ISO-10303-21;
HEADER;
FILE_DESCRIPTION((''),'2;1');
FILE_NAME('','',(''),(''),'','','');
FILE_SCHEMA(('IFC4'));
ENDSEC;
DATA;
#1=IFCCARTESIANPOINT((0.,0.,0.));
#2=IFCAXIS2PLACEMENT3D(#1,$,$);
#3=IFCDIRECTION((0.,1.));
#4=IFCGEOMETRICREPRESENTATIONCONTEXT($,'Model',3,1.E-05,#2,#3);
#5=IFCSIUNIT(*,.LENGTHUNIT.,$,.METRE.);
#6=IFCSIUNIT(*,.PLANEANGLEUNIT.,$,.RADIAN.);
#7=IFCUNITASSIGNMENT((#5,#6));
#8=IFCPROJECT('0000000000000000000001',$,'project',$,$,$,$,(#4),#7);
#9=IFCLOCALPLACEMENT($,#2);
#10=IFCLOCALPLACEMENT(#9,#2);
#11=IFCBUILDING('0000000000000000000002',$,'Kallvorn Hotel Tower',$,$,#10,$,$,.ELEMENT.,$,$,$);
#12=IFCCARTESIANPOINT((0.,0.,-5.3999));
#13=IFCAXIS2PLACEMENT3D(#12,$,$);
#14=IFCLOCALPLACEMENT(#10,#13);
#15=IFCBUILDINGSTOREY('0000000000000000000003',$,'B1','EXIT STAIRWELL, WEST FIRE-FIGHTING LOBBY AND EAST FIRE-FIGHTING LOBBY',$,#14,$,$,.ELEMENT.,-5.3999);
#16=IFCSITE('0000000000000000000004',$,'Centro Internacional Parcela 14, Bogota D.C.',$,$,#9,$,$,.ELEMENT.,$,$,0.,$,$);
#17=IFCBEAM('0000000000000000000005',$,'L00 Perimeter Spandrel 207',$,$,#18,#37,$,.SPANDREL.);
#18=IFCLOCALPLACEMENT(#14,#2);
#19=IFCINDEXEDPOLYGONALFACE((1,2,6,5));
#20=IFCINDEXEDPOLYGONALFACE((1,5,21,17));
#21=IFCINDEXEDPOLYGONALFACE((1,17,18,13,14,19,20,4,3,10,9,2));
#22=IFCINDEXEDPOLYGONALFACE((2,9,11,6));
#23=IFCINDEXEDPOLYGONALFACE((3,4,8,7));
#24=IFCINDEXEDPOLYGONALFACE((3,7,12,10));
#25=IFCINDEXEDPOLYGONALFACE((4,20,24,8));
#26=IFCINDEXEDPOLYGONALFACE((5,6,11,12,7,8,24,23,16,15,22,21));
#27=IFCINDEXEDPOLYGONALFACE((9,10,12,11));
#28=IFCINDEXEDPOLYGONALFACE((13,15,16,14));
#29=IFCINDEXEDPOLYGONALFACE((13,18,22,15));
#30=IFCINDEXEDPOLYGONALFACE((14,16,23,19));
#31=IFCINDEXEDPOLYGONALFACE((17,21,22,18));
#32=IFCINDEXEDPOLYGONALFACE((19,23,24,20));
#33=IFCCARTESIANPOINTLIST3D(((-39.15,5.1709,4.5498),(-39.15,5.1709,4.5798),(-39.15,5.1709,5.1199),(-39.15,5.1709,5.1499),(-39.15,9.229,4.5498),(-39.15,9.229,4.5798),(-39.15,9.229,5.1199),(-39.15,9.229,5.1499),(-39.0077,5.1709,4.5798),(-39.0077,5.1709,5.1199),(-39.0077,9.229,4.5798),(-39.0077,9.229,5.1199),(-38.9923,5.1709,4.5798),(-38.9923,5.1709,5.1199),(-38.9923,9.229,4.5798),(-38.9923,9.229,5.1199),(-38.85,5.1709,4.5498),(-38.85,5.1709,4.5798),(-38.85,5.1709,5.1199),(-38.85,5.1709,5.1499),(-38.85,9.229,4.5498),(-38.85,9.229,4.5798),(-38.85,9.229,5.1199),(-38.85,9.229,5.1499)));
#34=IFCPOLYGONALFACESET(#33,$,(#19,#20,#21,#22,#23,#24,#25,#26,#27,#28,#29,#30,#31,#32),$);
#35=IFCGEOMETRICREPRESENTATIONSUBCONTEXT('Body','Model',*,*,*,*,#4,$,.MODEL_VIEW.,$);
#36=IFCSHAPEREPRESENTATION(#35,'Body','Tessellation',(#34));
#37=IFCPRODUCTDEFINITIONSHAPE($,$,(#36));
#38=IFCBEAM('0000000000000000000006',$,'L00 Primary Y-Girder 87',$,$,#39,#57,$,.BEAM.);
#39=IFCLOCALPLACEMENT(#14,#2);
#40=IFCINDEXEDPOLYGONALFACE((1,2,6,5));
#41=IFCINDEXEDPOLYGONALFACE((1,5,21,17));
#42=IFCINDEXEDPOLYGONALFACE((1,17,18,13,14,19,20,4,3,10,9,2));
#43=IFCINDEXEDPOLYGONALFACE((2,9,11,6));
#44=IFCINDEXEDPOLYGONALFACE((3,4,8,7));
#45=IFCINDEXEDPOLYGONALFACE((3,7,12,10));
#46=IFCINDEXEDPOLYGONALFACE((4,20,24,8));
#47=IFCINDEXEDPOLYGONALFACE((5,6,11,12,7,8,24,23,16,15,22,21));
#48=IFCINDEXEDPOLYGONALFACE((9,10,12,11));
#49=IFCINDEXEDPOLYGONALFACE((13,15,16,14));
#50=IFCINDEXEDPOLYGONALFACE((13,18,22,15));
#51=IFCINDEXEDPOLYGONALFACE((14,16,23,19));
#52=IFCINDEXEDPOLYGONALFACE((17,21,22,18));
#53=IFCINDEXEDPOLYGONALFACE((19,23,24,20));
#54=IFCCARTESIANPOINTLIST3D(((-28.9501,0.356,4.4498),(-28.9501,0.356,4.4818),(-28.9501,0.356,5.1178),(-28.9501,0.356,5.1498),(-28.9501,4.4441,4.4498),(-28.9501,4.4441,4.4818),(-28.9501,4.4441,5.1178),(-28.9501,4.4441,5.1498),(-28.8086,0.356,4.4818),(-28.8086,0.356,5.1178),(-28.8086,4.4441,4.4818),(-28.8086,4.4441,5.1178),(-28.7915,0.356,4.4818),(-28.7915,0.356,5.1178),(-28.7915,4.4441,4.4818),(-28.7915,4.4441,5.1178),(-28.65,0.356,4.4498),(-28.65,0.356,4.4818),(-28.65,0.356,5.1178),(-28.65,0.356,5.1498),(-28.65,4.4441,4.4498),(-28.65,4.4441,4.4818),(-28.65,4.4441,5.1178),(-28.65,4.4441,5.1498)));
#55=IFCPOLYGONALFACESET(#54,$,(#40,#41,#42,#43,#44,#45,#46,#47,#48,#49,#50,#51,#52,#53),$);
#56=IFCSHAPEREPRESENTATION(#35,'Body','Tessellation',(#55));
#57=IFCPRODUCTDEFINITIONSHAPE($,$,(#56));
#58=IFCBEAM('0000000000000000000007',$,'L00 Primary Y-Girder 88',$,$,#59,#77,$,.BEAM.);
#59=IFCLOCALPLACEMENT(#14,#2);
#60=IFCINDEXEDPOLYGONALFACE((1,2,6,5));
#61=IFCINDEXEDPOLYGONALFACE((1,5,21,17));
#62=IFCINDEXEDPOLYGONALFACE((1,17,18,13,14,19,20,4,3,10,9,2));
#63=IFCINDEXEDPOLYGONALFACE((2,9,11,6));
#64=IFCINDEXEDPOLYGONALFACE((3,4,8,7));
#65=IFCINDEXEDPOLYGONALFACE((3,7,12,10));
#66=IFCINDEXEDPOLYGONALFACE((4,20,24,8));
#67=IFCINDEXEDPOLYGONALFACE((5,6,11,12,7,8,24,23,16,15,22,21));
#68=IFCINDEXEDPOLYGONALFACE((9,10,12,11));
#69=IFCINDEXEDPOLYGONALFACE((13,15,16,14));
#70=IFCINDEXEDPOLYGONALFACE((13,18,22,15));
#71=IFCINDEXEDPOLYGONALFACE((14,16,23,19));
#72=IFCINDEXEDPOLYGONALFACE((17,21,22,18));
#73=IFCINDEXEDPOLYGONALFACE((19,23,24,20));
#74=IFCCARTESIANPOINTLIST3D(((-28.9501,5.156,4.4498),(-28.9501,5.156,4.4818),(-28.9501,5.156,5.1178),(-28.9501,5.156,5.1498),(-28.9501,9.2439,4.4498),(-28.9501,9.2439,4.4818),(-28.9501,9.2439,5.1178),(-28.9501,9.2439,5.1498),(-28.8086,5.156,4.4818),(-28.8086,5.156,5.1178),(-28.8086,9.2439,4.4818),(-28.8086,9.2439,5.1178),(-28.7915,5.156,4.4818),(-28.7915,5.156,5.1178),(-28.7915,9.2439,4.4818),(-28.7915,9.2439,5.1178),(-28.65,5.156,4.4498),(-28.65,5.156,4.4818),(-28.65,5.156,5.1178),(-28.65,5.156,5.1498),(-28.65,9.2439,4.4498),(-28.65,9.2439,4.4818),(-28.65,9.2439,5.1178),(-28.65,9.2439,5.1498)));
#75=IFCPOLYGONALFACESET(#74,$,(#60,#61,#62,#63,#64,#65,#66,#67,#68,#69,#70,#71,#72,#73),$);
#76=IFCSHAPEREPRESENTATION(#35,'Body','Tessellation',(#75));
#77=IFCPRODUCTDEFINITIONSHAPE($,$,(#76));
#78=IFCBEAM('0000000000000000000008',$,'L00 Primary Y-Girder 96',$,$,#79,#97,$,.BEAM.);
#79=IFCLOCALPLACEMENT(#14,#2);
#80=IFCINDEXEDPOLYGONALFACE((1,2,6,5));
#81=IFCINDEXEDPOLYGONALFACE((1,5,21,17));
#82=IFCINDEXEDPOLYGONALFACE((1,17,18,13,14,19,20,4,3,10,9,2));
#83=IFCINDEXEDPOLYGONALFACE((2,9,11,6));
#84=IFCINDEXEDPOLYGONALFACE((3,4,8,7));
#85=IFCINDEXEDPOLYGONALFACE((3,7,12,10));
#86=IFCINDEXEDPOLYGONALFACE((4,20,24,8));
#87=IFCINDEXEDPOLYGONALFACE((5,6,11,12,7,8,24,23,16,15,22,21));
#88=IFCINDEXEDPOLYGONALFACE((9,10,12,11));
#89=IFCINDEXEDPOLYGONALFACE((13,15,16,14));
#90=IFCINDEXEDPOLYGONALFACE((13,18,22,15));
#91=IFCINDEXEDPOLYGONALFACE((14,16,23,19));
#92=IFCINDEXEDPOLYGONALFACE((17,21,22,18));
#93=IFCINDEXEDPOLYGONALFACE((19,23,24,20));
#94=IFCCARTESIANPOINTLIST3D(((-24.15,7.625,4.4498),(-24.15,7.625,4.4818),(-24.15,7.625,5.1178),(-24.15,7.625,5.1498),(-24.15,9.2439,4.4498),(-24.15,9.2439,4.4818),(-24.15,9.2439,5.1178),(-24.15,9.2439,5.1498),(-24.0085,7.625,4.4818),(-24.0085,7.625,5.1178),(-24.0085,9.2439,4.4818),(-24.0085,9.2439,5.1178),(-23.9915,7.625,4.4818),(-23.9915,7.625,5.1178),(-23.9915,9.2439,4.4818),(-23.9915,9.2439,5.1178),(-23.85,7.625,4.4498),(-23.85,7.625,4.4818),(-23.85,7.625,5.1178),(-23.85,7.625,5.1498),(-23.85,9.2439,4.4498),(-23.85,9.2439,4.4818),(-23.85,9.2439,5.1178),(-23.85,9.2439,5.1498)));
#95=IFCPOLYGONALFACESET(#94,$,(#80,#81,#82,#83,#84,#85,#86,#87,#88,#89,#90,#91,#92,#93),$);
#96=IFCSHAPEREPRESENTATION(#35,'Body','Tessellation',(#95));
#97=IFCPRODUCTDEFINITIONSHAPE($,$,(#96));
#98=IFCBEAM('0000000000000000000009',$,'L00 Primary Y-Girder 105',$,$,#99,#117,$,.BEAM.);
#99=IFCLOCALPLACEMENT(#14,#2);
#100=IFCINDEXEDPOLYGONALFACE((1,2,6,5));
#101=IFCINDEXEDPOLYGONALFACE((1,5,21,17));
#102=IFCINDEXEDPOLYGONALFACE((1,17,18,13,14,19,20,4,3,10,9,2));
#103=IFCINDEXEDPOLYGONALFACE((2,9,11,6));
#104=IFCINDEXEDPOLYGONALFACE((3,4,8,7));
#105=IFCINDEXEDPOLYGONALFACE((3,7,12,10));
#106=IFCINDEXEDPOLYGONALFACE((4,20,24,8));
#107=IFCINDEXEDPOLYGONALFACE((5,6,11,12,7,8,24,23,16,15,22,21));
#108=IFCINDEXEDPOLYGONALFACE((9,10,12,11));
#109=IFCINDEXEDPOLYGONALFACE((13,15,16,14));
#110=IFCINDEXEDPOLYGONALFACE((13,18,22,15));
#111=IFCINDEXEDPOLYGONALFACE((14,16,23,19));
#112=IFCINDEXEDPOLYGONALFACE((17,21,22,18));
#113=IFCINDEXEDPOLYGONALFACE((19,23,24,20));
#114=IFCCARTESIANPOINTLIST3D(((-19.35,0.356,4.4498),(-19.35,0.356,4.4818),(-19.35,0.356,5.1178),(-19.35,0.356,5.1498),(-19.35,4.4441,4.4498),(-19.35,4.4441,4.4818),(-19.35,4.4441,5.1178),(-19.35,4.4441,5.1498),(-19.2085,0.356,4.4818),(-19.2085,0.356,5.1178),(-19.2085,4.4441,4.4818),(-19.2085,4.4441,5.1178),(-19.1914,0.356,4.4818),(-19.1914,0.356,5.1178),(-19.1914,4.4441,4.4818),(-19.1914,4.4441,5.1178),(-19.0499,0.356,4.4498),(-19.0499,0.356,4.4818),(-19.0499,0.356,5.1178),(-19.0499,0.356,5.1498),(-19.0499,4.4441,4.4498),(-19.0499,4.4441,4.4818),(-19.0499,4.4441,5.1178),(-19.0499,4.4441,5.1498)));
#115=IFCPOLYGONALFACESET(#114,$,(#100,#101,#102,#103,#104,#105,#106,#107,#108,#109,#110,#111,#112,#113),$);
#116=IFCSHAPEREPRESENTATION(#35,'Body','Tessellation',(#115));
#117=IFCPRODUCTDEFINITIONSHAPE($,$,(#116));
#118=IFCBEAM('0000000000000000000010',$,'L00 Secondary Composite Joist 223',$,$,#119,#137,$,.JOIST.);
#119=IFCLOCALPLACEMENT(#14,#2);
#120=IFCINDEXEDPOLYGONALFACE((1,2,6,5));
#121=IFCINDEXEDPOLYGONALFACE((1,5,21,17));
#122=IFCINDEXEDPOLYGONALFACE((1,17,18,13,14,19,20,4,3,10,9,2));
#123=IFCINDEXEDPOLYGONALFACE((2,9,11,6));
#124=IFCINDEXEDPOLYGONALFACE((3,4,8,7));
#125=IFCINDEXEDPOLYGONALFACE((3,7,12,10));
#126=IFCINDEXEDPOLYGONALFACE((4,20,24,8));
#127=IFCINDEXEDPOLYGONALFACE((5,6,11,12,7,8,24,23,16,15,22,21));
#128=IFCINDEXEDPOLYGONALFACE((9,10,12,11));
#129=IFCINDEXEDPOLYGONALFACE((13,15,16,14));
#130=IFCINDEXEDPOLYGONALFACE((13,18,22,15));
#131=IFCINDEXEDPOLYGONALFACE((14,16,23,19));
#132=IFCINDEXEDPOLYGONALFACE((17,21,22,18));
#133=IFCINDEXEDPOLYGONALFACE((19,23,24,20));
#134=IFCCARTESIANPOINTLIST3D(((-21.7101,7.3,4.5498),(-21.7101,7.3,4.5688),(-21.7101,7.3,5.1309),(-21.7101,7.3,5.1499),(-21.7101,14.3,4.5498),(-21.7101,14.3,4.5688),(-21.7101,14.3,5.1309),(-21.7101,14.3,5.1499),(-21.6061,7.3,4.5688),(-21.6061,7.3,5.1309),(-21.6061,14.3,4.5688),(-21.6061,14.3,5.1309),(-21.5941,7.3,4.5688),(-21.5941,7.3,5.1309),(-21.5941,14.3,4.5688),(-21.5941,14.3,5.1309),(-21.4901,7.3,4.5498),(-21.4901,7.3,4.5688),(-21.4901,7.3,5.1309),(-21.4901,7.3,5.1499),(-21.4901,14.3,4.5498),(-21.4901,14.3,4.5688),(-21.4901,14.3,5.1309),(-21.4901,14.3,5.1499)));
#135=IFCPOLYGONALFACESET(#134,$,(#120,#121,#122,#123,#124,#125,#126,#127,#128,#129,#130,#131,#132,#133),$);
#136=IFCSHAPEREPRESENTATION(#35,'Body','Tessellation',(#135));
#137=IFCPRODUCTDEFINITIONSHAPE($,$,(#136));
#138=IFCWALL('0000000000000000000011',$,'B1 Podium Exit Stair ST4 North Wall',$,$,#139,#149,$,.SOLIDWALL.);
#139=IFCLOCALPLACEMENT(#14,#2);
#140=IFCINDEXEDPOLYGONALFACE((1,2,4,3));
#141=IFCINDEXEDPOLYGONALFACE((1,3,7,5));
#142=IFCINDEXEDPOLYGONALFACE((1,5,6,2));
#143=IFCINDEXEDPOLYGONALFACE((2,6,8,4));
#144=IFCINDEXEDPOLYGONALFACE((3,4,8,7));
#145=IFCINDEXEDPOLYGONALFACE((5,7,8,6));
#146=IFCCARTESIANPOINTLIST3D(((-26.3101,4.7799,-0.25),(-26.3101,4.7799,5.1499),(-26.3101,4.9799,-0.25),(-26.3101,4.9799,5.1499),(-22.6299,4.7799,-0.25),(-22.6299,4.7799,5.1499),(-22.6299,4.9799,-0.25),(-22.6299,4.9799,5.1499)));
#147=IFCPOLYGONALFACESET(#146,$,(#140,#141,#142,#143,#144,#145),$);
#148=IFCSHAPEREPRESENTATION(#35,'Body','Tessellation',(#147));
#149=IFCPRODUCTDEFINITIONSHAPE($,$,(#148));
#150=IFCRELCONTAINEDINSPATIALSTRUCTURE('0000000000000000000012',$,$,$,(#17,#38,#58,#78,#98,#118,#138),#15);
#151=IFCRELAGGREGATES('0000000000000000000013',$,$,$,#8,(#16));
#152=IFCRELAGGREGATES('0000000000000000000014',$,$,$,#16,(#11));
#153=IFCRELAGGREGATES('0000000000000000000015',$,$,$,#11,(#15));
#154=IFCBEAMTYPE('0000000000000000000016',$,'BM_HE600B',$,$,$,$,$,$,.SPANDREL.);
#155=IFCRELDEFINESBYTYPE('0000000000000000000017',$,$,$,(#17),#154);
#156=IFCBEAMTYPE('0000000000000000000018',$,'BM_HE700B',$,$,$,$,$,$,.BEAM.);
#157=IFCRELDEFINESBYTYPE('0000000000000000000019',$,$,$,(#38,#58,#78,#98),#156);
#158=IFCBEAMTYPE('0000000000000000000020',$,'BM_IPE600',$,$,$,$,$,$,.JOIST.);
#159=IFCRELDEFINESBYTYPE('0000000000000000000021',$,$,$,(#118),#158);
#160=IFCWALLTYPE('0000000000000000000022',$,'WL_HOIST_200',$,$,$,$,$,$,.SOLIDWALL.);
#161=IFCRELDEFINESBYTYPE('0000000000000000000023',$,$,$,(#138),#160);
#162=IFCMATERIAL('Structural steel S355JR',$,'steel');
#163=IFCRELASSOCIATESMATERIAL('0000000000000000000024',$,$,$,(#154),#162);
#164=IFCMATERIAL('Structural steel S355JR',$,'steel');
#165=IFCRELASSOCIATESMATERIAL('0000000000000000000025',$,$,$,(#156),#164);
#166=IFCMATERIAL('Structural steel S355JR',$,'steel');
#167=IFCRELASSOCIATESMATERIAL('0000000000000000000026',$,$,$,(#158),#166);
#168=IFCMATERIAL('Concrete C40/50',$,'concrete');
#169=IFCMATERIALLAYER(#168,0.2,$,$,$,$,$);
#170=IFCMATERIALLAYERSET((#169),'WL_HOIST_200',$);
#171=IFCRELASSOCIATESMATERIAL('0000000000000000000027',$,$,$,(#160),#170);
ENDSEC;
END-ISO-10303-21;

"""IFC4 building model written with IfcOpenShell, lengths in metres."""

from ifc_helpers import new_model, si_unit, direction, frame, frame_2d, origin, origin_2d, place, context, subcontext, project, spatial, rectangle, i_section, extrude, material, layer, layer_set, material_profile, profile_set, type_object, element, save


model = new_model("IFC4")

# Units and contexts
model_context = context("Model", 3, precision=1e-05, world=origin(), true_north=direction((0.0, 1.0)))
body_context = subcontext(model_context, "Body", "Model", "MODEL_VIEW")
ifc_project = project(units=[si_unit("LENGTHUNIT", "METRE"), si_unit("PLANEANGLEUNIT", "RADIAN")], contexts=[model_context])

# Site, building, storey
site_placement = place(None, origin())
site = spatial("IfcSite", under=ifc_project, at=site_placement, Name="Centro Internacional Parcela 14, Bogota D.C.", CompositionType="ELEMENT", RefElevation=0.0)
building_placement = place(site_placement, origin())
building = spatial("IfcBuilding", under=site, at=building_placement, Name="Kallvorn Hotel Tower", CompositionType="ELEMENT")
storey_placement = place(building_placement, frame((0.0, 0.0, -5.3999)))
storey = spatial("IfcBuildingStorey", under=building, at=storey_placement, Name="B1", Description="EXIT STAIRWELL, WEST FIRE-FIGHTING LOBBY AND EAST FIRE-FIGHTING LOBBY", CompositionType="ELEMENT", Elevation=-5.3999)

# Beams
ifc_material_1 = material(Name="Structural steel S355JR", Category="steel")
ifc_material_profile_1 = material_profile(ifc_material_1, i_section(OverallWidth=0.3, OverallDepth=0.6001, WebThickness=0.0154, FlangeThickness=0.03, at=origin_2d()), Name="HE 600 B")
ifc_profile_set_1 = profile_set([ifc_material_profile_1], Name="Structural steel S355JR")
beam_type_1 = type_object("IfcBeamType", Name="BM_HE600B", PredefinedType="SPANDREL", material=ifc_profile_set_1)
beam_1_placement = place(storey_placement, frame((-39.0, 5.1709, 4.8499), z_axis=(0.0, 1.0, 0.0), x_axis=(-1.0, 0.0, 0.0)))
element("IfcBeam", 1, at=beam_1_placement, inside=storey, type_object=beam_type_1, Name="L00 Perimeter Spandrel 207", PredefinedType="SPANDREL", context=body_context, shape_type="SweptSolid", body=[
    extrude(i_section(OverallWidth=0.3, OverallDepth=0.6001, WebThickness=0.0154, FlangeThickness=0.03, at=origin_2d()), origin(), (0.0, 0.0, 1.0), 4.0581),
])
ifc_material_2 = material(Name="Structural steel S355JR", Category="steel")
ifc_material_profile_2 = material_profile(ifc_material_2, i_section(OverallWidth=0.3, OverallDepth=0.7, WebThickness=0.0171, FlangeThickness=0.032, at=origin_2d()), Name="HE 700 B")
ifc_profile_set_2 = profile_set([ifc_material_profile_2], Name="Structural steel S355JR")
beam_type_2 = type_object("IfcBeamType", Name="BM_HE700B", PredefinedType="BEAM", material=ifc_profile_set_2)
beam_2_placement = place(storey_placement, frame((-28.8, 0.356, 4.7998), z_axis=(0.0, 1.0, 0.0), x_axis=(-1.0, 0.0, 0.0)))
element("IfcBeam", 2, at=beam_2_placement, inside=storey, type_object=beam_type_2, Name="L00 Primary Y-Girder 87", PredefinedType="BEAM", context=body_context, shape_type="SweptSolid", body=[
    extrude(i_section(OverallWidth=0.3, OverallDepth=0.7, WebThickness=0.0171, FlangeThickness=0.032, at=origin_2d()), origin(), (0.0, 0.0, 1.0), 4.0881),
])
beam_3_placement = place(storey_placement, frame((-28.8, 5.156, 4.7998), z_axis=(0.0, 1.0, 0.0), x_axis=(-1.0, 0.0, 0.0)))
element("IfcBeam", 3, at=beam_3_placement, inside=storey, type_object=beam_type_2, Name="L00 Primary Y-Girder 88", PredefinedType="BEAM", context=body_context, shape_type="SweptSolid", body=[
    extrude(i_section(OverallWidth=0.3, OverallDepth=0.7, WebThickness=0.0171, FlangeThickness=0.032, at=origin_2d()), origin(), (0.0, 0.0, 1.0), 4.0879),
])
beam_4_placement = place(storey_placement, frame((-24.0, 7.625, 4.7998), z_axis=(0.0, 1.0, 0.0), x_axis=(-1.0, 0.0, 0.0)))
element("IfcBeam", 4, at=beam_4_placement, inside=storey, type_object=beam_type_2, Name="L00 Primary Y-Girder 96", PredefinedType="BEAM", context=body_context, shape_type="SweptSolid", body=[
    extrude(i_section(OverallWidth=0.3, OverallDepth=0.7, WebThickness=0.0171, FlangeThickness=0.032, at=origin_2d()), origin(), (0.0, 0.0, 1.0), 1.6189),
])
beam_5_placement = place(storey_placement, frame((-19.2, 0.356, 4.7998), z_axis=(0.0, 1.0, 0.0), x_axis=(-1.0, 0.0, 0.0)))
element("IfcBeam", 5, at=beam_5_placement, inside=storey, type_object=beam_type_2, Name="L00 Primary Y-Girder 105", PredefinedType="BEAM", context=body_context, shape_type="SweptSolid", body=[
    extrude(i_section(OverallWidth=0.3, OverallDepth=0.7, WebThickness=0.0171, FlangeThickness=0.032, at=origin_2d()), origin(), (0.0, 0.0, 1.0), 4.0881),
])
ifc_material_3 = material(Name="Structural steel S355JR", Category="steel")
ifc_material_profile_3 = material_profile(ifc_material_3, i_section(OverallWidth=0.22, OverallDepth=0.6001, WebThickness=0.012, FlangeThickness=0.019, at=origin_2d()), Name="IPE 600")
ifc_profile_set_3 = profile_set([ifc_material_profile_3], Name="Structural steel S355JR")
beam_type_3 = type_object("IfcBeamType", Name="BM_IPE600", PredefinedType="JOIST", material=ifc_profile_set_3)
beam_6_placement = place(storey_placement, frame((-21.6001, 7.3, 4.8499), z_axis=(0.0, 1.0, 0.0), x_axis=(-1.0, 0.0, 0.0)))
element("IfcBeam", 6, at=beam_6_placement, inside=storey, type_object=beam_type_3, Name="L00 Secondary Composite Joist 223", PredefinedType="JOIST", context=body_context, shape_type="SweptSolid", body=[
    extrude(i_section(OverallWidth=0.22, OverallDepth=0.6001, WebThickness=0.012, FlangeThickness=0.019, at=origin_2d()), origin(), (0.0, 0.0, 1.0), 7.0),
])

# Wall
ifc_material_4 = material(Name="Concrete C40/50", Category="concrete")
ifc_layer_1 = layer(ifc_material_4, 0.2)
ifc_layer_set_1 = layer_set([ifc_layer_1], Name="WL_HOIST_200")
wall_type_1 = type_object("IfcWallType", Name="WL_HOIST_200", PredefinedType="SOLIDWALL", material=ifc_layer_set_1)
wall_1_placement = place(storey_placement, frame((-26.3101, 4.8799, -0.25), z_axis=(0.0, 0.0, 1.0), x_axis=(1.0, 0.0, 0.0)))
element("IfcWall", 7, at=wall_1_placement, inside=storey, type_object=wall_type_1, Name="B1 Podium Exit Stair ST4 North Wall", PredefinedType="SOLIDWALL", context=body_context, shape_type="SweptSolid", body=[
    extrude(rectangle(XDim=3.6802, YDim=0.2, at=frame_2d((1.8401, 0.0))), origin(), (0.0, 0.0, 1.0), 5.3999),
])

save(model, "model.ifc")
